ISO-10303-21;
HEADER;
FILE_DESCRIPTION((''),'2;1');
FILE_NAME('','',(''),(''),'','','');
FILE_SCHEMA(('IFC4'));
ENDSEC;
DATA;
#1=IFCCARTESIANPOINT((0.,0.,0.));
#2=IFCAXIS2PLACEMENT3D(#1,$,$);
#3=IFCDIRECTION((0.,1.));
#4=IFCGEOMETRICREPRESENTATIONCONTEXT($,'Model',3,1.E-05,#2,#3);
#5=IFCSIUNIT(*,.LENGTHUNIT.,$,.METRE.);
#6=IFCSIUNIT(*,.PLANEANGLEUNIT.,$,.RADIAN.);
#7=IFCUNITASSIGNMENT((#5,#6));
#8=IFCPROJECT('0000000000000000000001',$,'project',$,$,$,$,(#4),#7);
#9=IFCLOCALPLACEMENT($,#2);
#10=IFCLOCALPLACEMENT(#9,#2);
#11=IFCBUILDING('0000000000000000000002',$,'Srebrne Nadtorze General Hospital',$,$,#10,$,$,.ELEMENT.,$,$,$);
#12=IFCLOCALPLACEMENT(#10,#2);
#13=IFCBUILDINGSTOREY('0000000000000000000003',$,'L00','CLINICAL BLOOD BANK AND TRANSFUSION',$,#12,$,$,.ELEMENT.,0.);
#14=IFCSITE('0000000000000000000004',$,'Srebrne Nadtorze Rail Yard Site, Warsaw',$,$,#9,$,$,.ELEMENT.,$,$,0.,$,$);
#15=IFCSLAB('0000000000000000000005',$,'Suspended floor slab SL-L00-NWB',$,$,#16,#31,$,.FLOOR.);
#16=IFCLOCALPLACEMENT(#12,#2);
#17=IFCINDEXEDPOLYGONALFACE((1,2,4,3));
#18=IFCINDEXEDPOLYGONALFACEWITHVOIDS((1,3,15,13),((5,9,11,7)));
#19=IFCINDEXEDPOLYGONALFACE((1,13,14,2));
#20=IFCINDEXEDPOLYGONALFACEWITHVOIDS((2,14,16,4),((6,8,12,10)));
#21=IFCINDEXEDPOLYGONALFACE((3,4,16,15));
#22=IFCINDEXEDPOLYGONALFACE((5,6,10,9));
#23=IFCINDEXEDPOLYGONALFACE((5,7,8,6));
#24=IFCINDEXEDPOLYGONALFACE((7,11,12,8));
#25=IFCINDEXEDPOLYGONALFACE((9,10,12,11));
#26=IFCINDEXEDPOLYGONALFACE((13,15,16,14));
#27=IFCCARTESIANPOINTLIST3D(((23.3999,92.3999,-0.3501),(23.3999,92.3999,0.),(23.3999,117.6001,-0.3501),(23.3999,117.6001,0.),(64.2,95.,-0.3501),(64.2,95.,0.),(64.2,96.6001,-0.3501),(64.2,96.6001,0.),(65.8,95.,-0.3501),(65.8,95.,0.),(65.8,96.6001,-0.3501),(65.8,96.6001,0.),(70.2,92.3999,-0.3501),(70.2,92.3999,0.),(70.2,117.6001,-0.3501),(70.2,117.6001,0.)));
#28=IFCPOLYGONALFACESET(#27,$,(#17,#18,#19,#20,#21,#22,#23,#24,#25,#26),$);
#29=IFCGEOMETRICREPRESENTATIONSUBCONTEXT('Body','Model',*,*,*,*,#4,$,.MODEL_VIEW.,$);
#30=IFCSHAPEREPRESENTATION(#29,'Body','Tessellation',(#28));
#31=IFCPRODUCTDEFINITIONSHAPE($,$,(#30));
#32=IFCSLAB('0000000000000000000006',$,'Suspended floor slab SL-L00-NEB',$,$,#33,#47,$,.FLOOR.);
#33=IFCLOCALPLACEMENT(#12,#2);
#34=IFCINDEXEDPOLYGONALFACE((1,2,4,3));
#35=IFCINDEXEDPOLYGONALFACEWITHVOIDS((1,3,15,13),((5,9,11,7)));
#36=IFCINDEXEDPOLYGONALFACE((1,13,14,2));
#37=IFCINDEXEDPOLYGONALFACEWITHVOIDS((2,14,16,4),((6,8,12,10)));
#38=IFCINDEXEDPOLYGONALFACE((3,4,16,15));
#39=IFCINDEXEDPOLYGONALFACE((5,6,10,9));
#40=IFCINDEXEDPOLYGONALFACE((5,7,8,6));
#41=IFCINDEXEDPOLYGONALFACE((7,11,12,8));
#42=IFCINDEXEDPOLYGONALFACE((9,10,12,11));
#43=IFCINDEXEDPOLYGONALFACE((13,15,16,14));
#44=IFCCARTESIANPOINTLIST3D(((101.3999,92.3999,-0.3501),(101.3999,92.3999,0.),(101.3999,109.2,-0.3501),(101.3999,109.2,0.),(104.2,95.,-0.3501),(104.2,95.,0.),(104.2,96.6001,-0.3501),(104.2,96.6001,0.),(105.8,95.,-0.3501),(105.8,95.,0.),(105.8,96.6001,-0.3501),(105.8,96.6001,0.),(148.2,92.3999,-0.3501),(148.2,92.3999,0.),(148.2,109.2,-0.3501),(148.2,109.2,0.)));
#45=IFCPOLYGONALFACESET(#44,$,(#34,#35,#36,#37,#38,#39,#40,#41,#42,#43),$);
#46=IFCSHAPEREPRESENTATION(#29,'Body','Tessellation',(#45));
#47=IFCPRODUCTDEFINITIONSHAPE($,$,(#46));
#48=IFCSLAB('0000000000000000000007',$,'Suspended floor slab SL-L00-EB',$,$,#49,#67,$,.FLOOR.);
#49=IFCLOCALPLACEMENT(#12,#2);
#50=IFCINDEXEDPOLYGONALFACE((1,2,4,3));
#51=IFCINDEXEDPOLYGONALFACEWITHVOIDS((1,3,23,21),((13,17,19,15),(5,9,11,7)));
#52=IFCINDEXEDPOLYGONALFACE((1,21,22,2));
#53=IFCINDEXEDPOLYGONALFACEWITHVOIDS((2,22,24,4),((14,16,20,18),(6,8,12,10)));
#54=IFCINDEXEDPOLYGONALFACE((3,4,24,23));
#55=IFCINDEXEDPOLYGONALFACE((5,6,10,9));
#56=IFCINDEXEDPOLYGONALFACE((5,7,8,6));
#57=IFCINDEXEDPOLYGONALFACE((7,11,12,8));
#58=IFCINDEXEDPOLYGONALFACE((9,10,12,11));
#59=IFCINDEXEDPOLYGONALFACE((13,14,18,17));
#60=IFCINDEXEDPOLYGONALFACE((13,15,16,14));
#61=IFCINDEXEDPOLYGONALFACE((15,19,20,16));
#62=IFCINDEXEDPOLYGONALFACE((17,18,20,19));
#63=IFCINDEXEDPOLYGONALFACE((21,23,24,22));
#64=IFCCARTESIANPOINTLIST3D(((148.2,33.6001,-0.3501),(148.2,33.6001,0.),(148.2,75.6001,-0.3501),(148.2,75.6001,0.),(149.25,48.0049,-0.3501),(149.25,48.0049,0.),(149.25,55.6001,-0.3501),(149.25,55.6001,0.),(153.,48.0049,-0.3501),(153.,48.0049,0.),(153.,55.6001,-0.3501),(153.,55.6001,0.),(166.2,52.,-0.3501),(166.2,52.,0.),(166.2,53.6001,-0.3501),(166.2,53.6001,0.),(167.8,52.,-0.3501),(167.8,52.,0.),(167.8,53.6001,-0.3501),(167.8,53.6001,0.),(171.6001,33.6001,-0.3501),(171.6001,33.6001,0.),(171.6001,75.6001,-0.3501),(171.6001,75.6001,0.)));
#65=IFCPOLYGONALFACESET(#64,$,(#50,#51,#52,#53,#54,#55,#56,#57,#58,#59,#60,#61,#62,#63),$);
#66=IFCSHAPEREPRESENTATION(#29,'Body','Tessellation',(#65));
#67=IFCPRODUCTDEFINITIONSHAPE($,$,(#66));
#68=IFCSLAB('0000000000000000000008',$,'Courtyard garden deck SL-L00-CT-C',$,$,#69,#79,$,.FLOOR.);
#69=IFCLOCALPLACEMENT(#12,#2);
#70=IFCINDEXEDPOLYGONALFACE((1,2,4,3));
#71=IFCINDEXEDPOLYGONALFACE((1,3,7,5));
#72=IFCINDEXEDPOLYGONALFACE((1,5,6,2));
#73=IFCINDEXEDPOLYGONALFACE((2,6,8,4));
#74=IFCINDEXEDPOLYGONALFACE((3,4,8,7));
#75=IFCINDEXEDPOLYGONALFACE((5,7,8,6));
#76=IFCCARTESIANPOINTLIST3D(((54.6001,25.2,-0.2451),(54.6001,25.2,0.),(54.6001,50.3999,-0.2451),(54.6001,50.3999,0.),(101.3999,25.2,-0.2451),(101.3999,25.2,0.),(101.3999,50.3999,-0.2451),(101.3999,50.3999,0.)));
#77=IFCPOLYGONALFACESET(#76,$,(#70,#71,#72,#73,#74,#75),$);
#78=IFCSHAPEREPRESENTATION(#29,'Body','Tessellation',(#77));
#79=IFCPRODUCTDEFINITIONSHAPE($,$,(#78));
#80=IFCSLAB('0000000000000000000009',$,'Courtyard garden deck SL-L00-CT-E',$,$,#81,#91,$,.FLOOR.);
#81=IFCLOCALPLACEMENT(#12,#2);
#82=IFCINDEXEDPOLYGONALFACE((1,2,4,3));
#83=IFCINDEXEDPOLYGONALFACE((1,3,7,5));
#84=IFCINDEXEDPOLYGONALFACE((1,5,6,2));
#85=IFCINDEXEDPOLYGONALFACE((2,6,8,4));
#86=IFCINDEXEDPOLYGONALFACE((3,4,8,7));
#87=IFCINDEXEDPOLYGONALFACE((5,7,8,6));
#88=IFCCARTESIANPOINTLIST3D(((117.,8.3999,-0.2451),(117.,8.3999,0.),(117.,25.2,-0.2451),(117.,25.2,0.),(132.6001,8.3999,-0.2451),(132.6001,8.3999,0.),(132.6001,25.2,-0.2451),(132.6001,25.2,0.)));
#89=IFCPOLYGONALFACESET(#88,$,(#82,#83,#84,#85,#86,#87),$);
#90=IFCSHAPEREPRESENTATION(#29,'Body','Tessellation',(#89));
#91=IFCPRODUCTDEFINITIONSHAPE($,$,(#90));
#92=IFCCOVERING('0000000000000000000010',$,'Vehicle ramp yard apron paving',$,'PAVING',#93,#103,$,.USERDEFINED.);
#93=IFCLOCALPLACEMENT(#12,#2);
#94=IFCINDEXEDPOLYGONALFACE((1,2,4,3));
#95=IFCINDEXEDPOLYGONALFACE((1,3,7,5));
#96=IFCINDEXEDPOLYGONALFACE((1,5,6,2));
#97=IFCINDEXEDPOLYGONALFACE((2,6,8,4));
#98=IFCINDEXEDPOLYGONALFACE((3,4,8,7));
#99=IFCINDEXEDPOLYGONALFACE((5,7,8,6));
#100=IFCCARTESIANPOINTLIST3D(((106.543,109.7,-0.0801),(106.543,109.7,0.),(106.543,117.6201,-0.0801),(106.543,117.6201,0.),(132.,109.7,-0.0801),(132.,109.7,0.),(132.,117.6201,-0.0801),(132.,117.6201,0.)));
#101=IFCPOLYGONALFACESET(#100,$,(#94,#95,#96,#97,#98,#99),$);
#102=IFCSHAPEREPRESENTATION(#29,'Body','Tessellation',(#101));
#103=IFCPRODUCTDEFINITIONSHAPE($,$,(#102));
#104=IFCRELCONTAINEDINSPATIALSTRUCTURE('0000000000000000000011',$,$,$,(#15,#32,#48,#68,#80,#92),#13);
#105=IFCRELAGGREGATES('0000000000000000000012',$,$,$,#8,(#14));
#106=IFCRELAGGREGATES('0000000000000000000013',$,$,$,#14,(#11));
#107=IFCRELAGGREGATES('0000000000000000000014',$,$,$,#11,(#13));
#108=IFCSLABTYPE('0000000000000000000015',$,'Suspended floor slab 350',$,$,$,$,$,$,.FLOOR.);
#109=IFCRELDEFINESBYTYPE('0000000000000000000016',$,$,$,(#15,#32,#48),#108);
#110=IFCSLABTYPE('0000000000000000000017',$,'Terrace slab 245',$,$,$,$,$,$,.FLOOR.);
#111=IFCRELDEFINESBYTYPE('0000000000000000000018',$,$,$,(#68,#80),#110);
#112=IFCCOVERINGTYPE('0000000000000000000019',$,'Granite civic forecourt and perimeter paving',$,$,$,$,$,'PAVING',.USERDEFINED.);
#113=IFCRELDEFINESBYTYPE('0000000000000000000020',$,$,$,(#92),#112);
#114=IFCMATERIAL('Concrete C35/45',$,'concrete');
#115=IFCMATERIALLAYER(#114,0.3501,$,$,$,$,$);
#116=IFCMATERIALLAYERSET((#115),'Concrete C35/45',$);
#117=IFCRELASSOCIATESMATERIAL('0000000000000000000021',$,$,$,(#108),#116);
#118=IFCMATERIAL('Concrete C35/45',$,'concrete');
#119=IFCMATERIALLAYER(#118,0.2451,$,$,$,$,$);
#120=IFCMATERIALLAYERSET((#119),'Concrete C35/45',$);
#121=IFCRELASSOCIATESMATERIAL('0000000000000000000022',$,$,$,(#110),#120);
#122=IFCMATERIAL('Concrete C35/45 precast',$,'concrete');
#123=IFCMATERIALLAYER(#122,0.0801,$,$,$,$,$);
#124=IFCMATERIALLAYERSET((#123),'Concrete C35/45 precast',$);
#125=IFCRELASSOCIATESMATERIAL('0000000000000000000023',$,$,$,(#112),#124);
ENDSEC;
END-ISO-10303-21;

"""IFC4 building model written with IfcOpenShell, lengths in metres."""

from ifc_helpers import new_model, si_unit, direction, frame, origin, place, context, subcontext, project, spatial, polyline, outline, extrude, material, layer, layer_set, type_object, element, save


model = new_model("IFC4")

# Units and contexts
model_context = context("Model", 3, precision=1e-05, world=origin(), true_north=direction((0.0, 1.0)))
body_context = subcontext(model_context, "Body", "Model", "MODEL_VIEW")
ifc_project = project(units=[si_unit("LENGTHUNIT", "METRE"), si_unit("PLANEANGLEUNIT", "RADIAN")], contexts=[model_context])

# Site, building, storey
site_placement = place(None, origin())
site = spatial("IfcSite", under=ifc_project, at=site_placement, Name="Srebrne Nadtorze Rail Yard Site, Warsaw", CompositionType="ELEMENT", RefElevation=0.0)
building_placement = place(site_placement, origin())
building = spatial("IfcBuilding", under=site, at=building_placement, Name="Srebrne Nadtorze General Hospital", CompositionType="ELEMENT")
storey_placement = place(building_placement, origin())
storey = spatial("IfcBuildingStorey", under=building, at=storey_placement, Name="L00", Description="CLINICAL BLOOD BANK AND TRANSFUSION", CompositionType="ELEMENT", Elevation=0.0)

# Slabs
ifc_material_1 = material(Name="Concrete C35/45", Category="concrete")
ifc_layer_1 = layer(ifc_material_1, 0.3501)
ifc_layer_set_1 = layer_set([ifc_layer_1], Name="Concrete C35/45")
slab_type_1 = type_object("IfcSlabType", Name="Suspended floor slab 350", PredefinedType="FLOOR", material=ifc_layer_set_1)
slab_1_placement = place(storey_placement, frame((0.0, 0.0, -0.3501)))
element("IfcSlab", 1, at=slab_1_placement, inside=storey, type_object=slab_type_1, Name="Suspended floor slab SL-L00-NWB", PredefinedType="FLOOR", context=body_context, shape_type="SweptSolid", body=[
    extrude(outline(polyline([(70.2, 92.3999), (70.2, 117.6001), (23.3999, 117.6001), (23.3999, 92.3999), (70.2, 92.3999)]), holes=[polyline([(65.8, 95.0), (64.2, 95.0), (64.2, 96.6001), (65.8, 96.6001), (65.8, 95.0)])]), origin(), (0.0, 0.0, 1.0), 0.3501),
])
slab_2_placement = place(storey_placement, frame((0.0, 0.0, -0.3501)))
element("IfcSlab", 2, at=slab_2_placement, inside=storey, type_object=slab_type_1, Name="Suspended floor slab SL-L00-NEB", PredefinedType="FLOOR", context=body_context, shape_type="SweptSolid", body=[
    extrude(outline(polyline([(148.2, 92.3999), (148.2, 109.2), (101.3999, 109.2), (101.3999, 92.3999), (148.2, 92.3999)]), holes=[polyline([(104.2, 95.0), (104.2, 96.6001), (105.8, 96.6001), (105.8, 95.0), (104.2, 95.0)])]), origin(), (0.0, 0.0, 1.0), 0.3501),
])
slab_3_placement = place(storey_placement, frame((0.0, 0.0, -0.3501)))
element("IfcSlab", 3, at=slab_3_placement, inside=storey, type_object=slab_type_1, Name="Suspended floor slab SL-L00-EB", PredefinedType="FLOOR", context=body_context, shape_type="SweptSolid", body=[
    extrude(outline(polyline([(171.6001, 33.6001), (171.6001, 75.6001), (148.2, 75.6001), (148.2, 33.6001), (171.6001, 33.6001)]), holes=[polyline([(149.25, 48.0049), (149.25, 55.6001), (153.0, 55.6001), (153.0, 48.0049), (149.25, 48.0049)]), polyline([(166.2, 52.0), (166.2, 53.6001), (167.8, 53.6001), (167.8, 52.0), (166.2, 52.0)])]), origin(), (0.0, 0.0, 1.0), 0.3501),
])
ifc_material_2 = material(Name="Concrete C35/45", Category="concrete")
ifc_layer_2 = layer(ifc_material_2, 0.2451)
ifc_layer_set_2 = layer_set([ifc_layer_2], Name="Concrete C35/45")
slab_type_2 = type_object("IfcSlabType", Name="Terrace slab 245", PredefinedType="FLOOR", material=ifc_layer_set_2)
slab_4_placement = place(storey_placement, frame((0.0, 0.0, -0.2451)))
element("IfcSlab", 4, at=slab_4_placement, inside=storey, type_object=slab_type_2, Name="Courtyard garden deck SL-L00-CT-C", PredefinedType="FLOOR", context=body_context, shape_type="SweptSolid", body=[
    extrude(outline(polyline([(54.6001, 25.2), (101.3999, 25.2), (101.3999, 50.3999), (54.6001, 50.3999), (54.6001, 25.2)])), origin(), (0.0, 0.0, 1.0), 0.2451),
])
slab_5_placement = place(storey_placement, frame((0.0, 0.0, -0.2451)))
element("IfcSlab", 5, at=slab_5_placement, inside=storey, type_object=slab_type_2, Name="Courtyard garden deck SL-L00-CT-E", PredefinedType="FLOOR", context=body_context, shape_type="SweptSolid", body=[
    extrude(outline(polyline([(117.0, 8.3999), (132.6001, 8.3999), (132.6001, 25.2), (117.0, 25.2), (117.0, 8.3999)])), origin(), (0.0, 0.0, 1.0), 0.2451),
])

# Covering
ifc_material_3 = material(Name="Concrete C35/45 precast", Category="concrete")
ifc_layer_3 = layer(ifc_material_3, 0.0801)
ifc_layer_set_3 = layer_set([ifc_layer_3], Name="Concrete C35/45 precast")
covering_type = type_object("IfcCoveringType", Name="Granite civic forecourt and perimeter paving", ElementType="PAVING", PredefinedType="USERDEFINED", material=ifc_layer_set_3)
covering_placement = place(storey_placement, frame((0.0, 0.0, -0.0801)))
element("IfcCovering", 6, at=covering_placement, inside=storey, type_object=covering_type, Name="Vehicle ramp yard apron paving", ObjectType="PAVING", PredefinedType="USERDEFINED", context=body_context, shape_type="SweptSolid", body=[
    extrude(outline(polyline([(106.543, 109.7), (132.0, 109.7), (132.0, 117.6201), (106.543, 117.6201), (106.543, 109.7)])), origin(), (0.0, 0.0, 1.0), 0.0801),
])

save(model, "model.ifc")
